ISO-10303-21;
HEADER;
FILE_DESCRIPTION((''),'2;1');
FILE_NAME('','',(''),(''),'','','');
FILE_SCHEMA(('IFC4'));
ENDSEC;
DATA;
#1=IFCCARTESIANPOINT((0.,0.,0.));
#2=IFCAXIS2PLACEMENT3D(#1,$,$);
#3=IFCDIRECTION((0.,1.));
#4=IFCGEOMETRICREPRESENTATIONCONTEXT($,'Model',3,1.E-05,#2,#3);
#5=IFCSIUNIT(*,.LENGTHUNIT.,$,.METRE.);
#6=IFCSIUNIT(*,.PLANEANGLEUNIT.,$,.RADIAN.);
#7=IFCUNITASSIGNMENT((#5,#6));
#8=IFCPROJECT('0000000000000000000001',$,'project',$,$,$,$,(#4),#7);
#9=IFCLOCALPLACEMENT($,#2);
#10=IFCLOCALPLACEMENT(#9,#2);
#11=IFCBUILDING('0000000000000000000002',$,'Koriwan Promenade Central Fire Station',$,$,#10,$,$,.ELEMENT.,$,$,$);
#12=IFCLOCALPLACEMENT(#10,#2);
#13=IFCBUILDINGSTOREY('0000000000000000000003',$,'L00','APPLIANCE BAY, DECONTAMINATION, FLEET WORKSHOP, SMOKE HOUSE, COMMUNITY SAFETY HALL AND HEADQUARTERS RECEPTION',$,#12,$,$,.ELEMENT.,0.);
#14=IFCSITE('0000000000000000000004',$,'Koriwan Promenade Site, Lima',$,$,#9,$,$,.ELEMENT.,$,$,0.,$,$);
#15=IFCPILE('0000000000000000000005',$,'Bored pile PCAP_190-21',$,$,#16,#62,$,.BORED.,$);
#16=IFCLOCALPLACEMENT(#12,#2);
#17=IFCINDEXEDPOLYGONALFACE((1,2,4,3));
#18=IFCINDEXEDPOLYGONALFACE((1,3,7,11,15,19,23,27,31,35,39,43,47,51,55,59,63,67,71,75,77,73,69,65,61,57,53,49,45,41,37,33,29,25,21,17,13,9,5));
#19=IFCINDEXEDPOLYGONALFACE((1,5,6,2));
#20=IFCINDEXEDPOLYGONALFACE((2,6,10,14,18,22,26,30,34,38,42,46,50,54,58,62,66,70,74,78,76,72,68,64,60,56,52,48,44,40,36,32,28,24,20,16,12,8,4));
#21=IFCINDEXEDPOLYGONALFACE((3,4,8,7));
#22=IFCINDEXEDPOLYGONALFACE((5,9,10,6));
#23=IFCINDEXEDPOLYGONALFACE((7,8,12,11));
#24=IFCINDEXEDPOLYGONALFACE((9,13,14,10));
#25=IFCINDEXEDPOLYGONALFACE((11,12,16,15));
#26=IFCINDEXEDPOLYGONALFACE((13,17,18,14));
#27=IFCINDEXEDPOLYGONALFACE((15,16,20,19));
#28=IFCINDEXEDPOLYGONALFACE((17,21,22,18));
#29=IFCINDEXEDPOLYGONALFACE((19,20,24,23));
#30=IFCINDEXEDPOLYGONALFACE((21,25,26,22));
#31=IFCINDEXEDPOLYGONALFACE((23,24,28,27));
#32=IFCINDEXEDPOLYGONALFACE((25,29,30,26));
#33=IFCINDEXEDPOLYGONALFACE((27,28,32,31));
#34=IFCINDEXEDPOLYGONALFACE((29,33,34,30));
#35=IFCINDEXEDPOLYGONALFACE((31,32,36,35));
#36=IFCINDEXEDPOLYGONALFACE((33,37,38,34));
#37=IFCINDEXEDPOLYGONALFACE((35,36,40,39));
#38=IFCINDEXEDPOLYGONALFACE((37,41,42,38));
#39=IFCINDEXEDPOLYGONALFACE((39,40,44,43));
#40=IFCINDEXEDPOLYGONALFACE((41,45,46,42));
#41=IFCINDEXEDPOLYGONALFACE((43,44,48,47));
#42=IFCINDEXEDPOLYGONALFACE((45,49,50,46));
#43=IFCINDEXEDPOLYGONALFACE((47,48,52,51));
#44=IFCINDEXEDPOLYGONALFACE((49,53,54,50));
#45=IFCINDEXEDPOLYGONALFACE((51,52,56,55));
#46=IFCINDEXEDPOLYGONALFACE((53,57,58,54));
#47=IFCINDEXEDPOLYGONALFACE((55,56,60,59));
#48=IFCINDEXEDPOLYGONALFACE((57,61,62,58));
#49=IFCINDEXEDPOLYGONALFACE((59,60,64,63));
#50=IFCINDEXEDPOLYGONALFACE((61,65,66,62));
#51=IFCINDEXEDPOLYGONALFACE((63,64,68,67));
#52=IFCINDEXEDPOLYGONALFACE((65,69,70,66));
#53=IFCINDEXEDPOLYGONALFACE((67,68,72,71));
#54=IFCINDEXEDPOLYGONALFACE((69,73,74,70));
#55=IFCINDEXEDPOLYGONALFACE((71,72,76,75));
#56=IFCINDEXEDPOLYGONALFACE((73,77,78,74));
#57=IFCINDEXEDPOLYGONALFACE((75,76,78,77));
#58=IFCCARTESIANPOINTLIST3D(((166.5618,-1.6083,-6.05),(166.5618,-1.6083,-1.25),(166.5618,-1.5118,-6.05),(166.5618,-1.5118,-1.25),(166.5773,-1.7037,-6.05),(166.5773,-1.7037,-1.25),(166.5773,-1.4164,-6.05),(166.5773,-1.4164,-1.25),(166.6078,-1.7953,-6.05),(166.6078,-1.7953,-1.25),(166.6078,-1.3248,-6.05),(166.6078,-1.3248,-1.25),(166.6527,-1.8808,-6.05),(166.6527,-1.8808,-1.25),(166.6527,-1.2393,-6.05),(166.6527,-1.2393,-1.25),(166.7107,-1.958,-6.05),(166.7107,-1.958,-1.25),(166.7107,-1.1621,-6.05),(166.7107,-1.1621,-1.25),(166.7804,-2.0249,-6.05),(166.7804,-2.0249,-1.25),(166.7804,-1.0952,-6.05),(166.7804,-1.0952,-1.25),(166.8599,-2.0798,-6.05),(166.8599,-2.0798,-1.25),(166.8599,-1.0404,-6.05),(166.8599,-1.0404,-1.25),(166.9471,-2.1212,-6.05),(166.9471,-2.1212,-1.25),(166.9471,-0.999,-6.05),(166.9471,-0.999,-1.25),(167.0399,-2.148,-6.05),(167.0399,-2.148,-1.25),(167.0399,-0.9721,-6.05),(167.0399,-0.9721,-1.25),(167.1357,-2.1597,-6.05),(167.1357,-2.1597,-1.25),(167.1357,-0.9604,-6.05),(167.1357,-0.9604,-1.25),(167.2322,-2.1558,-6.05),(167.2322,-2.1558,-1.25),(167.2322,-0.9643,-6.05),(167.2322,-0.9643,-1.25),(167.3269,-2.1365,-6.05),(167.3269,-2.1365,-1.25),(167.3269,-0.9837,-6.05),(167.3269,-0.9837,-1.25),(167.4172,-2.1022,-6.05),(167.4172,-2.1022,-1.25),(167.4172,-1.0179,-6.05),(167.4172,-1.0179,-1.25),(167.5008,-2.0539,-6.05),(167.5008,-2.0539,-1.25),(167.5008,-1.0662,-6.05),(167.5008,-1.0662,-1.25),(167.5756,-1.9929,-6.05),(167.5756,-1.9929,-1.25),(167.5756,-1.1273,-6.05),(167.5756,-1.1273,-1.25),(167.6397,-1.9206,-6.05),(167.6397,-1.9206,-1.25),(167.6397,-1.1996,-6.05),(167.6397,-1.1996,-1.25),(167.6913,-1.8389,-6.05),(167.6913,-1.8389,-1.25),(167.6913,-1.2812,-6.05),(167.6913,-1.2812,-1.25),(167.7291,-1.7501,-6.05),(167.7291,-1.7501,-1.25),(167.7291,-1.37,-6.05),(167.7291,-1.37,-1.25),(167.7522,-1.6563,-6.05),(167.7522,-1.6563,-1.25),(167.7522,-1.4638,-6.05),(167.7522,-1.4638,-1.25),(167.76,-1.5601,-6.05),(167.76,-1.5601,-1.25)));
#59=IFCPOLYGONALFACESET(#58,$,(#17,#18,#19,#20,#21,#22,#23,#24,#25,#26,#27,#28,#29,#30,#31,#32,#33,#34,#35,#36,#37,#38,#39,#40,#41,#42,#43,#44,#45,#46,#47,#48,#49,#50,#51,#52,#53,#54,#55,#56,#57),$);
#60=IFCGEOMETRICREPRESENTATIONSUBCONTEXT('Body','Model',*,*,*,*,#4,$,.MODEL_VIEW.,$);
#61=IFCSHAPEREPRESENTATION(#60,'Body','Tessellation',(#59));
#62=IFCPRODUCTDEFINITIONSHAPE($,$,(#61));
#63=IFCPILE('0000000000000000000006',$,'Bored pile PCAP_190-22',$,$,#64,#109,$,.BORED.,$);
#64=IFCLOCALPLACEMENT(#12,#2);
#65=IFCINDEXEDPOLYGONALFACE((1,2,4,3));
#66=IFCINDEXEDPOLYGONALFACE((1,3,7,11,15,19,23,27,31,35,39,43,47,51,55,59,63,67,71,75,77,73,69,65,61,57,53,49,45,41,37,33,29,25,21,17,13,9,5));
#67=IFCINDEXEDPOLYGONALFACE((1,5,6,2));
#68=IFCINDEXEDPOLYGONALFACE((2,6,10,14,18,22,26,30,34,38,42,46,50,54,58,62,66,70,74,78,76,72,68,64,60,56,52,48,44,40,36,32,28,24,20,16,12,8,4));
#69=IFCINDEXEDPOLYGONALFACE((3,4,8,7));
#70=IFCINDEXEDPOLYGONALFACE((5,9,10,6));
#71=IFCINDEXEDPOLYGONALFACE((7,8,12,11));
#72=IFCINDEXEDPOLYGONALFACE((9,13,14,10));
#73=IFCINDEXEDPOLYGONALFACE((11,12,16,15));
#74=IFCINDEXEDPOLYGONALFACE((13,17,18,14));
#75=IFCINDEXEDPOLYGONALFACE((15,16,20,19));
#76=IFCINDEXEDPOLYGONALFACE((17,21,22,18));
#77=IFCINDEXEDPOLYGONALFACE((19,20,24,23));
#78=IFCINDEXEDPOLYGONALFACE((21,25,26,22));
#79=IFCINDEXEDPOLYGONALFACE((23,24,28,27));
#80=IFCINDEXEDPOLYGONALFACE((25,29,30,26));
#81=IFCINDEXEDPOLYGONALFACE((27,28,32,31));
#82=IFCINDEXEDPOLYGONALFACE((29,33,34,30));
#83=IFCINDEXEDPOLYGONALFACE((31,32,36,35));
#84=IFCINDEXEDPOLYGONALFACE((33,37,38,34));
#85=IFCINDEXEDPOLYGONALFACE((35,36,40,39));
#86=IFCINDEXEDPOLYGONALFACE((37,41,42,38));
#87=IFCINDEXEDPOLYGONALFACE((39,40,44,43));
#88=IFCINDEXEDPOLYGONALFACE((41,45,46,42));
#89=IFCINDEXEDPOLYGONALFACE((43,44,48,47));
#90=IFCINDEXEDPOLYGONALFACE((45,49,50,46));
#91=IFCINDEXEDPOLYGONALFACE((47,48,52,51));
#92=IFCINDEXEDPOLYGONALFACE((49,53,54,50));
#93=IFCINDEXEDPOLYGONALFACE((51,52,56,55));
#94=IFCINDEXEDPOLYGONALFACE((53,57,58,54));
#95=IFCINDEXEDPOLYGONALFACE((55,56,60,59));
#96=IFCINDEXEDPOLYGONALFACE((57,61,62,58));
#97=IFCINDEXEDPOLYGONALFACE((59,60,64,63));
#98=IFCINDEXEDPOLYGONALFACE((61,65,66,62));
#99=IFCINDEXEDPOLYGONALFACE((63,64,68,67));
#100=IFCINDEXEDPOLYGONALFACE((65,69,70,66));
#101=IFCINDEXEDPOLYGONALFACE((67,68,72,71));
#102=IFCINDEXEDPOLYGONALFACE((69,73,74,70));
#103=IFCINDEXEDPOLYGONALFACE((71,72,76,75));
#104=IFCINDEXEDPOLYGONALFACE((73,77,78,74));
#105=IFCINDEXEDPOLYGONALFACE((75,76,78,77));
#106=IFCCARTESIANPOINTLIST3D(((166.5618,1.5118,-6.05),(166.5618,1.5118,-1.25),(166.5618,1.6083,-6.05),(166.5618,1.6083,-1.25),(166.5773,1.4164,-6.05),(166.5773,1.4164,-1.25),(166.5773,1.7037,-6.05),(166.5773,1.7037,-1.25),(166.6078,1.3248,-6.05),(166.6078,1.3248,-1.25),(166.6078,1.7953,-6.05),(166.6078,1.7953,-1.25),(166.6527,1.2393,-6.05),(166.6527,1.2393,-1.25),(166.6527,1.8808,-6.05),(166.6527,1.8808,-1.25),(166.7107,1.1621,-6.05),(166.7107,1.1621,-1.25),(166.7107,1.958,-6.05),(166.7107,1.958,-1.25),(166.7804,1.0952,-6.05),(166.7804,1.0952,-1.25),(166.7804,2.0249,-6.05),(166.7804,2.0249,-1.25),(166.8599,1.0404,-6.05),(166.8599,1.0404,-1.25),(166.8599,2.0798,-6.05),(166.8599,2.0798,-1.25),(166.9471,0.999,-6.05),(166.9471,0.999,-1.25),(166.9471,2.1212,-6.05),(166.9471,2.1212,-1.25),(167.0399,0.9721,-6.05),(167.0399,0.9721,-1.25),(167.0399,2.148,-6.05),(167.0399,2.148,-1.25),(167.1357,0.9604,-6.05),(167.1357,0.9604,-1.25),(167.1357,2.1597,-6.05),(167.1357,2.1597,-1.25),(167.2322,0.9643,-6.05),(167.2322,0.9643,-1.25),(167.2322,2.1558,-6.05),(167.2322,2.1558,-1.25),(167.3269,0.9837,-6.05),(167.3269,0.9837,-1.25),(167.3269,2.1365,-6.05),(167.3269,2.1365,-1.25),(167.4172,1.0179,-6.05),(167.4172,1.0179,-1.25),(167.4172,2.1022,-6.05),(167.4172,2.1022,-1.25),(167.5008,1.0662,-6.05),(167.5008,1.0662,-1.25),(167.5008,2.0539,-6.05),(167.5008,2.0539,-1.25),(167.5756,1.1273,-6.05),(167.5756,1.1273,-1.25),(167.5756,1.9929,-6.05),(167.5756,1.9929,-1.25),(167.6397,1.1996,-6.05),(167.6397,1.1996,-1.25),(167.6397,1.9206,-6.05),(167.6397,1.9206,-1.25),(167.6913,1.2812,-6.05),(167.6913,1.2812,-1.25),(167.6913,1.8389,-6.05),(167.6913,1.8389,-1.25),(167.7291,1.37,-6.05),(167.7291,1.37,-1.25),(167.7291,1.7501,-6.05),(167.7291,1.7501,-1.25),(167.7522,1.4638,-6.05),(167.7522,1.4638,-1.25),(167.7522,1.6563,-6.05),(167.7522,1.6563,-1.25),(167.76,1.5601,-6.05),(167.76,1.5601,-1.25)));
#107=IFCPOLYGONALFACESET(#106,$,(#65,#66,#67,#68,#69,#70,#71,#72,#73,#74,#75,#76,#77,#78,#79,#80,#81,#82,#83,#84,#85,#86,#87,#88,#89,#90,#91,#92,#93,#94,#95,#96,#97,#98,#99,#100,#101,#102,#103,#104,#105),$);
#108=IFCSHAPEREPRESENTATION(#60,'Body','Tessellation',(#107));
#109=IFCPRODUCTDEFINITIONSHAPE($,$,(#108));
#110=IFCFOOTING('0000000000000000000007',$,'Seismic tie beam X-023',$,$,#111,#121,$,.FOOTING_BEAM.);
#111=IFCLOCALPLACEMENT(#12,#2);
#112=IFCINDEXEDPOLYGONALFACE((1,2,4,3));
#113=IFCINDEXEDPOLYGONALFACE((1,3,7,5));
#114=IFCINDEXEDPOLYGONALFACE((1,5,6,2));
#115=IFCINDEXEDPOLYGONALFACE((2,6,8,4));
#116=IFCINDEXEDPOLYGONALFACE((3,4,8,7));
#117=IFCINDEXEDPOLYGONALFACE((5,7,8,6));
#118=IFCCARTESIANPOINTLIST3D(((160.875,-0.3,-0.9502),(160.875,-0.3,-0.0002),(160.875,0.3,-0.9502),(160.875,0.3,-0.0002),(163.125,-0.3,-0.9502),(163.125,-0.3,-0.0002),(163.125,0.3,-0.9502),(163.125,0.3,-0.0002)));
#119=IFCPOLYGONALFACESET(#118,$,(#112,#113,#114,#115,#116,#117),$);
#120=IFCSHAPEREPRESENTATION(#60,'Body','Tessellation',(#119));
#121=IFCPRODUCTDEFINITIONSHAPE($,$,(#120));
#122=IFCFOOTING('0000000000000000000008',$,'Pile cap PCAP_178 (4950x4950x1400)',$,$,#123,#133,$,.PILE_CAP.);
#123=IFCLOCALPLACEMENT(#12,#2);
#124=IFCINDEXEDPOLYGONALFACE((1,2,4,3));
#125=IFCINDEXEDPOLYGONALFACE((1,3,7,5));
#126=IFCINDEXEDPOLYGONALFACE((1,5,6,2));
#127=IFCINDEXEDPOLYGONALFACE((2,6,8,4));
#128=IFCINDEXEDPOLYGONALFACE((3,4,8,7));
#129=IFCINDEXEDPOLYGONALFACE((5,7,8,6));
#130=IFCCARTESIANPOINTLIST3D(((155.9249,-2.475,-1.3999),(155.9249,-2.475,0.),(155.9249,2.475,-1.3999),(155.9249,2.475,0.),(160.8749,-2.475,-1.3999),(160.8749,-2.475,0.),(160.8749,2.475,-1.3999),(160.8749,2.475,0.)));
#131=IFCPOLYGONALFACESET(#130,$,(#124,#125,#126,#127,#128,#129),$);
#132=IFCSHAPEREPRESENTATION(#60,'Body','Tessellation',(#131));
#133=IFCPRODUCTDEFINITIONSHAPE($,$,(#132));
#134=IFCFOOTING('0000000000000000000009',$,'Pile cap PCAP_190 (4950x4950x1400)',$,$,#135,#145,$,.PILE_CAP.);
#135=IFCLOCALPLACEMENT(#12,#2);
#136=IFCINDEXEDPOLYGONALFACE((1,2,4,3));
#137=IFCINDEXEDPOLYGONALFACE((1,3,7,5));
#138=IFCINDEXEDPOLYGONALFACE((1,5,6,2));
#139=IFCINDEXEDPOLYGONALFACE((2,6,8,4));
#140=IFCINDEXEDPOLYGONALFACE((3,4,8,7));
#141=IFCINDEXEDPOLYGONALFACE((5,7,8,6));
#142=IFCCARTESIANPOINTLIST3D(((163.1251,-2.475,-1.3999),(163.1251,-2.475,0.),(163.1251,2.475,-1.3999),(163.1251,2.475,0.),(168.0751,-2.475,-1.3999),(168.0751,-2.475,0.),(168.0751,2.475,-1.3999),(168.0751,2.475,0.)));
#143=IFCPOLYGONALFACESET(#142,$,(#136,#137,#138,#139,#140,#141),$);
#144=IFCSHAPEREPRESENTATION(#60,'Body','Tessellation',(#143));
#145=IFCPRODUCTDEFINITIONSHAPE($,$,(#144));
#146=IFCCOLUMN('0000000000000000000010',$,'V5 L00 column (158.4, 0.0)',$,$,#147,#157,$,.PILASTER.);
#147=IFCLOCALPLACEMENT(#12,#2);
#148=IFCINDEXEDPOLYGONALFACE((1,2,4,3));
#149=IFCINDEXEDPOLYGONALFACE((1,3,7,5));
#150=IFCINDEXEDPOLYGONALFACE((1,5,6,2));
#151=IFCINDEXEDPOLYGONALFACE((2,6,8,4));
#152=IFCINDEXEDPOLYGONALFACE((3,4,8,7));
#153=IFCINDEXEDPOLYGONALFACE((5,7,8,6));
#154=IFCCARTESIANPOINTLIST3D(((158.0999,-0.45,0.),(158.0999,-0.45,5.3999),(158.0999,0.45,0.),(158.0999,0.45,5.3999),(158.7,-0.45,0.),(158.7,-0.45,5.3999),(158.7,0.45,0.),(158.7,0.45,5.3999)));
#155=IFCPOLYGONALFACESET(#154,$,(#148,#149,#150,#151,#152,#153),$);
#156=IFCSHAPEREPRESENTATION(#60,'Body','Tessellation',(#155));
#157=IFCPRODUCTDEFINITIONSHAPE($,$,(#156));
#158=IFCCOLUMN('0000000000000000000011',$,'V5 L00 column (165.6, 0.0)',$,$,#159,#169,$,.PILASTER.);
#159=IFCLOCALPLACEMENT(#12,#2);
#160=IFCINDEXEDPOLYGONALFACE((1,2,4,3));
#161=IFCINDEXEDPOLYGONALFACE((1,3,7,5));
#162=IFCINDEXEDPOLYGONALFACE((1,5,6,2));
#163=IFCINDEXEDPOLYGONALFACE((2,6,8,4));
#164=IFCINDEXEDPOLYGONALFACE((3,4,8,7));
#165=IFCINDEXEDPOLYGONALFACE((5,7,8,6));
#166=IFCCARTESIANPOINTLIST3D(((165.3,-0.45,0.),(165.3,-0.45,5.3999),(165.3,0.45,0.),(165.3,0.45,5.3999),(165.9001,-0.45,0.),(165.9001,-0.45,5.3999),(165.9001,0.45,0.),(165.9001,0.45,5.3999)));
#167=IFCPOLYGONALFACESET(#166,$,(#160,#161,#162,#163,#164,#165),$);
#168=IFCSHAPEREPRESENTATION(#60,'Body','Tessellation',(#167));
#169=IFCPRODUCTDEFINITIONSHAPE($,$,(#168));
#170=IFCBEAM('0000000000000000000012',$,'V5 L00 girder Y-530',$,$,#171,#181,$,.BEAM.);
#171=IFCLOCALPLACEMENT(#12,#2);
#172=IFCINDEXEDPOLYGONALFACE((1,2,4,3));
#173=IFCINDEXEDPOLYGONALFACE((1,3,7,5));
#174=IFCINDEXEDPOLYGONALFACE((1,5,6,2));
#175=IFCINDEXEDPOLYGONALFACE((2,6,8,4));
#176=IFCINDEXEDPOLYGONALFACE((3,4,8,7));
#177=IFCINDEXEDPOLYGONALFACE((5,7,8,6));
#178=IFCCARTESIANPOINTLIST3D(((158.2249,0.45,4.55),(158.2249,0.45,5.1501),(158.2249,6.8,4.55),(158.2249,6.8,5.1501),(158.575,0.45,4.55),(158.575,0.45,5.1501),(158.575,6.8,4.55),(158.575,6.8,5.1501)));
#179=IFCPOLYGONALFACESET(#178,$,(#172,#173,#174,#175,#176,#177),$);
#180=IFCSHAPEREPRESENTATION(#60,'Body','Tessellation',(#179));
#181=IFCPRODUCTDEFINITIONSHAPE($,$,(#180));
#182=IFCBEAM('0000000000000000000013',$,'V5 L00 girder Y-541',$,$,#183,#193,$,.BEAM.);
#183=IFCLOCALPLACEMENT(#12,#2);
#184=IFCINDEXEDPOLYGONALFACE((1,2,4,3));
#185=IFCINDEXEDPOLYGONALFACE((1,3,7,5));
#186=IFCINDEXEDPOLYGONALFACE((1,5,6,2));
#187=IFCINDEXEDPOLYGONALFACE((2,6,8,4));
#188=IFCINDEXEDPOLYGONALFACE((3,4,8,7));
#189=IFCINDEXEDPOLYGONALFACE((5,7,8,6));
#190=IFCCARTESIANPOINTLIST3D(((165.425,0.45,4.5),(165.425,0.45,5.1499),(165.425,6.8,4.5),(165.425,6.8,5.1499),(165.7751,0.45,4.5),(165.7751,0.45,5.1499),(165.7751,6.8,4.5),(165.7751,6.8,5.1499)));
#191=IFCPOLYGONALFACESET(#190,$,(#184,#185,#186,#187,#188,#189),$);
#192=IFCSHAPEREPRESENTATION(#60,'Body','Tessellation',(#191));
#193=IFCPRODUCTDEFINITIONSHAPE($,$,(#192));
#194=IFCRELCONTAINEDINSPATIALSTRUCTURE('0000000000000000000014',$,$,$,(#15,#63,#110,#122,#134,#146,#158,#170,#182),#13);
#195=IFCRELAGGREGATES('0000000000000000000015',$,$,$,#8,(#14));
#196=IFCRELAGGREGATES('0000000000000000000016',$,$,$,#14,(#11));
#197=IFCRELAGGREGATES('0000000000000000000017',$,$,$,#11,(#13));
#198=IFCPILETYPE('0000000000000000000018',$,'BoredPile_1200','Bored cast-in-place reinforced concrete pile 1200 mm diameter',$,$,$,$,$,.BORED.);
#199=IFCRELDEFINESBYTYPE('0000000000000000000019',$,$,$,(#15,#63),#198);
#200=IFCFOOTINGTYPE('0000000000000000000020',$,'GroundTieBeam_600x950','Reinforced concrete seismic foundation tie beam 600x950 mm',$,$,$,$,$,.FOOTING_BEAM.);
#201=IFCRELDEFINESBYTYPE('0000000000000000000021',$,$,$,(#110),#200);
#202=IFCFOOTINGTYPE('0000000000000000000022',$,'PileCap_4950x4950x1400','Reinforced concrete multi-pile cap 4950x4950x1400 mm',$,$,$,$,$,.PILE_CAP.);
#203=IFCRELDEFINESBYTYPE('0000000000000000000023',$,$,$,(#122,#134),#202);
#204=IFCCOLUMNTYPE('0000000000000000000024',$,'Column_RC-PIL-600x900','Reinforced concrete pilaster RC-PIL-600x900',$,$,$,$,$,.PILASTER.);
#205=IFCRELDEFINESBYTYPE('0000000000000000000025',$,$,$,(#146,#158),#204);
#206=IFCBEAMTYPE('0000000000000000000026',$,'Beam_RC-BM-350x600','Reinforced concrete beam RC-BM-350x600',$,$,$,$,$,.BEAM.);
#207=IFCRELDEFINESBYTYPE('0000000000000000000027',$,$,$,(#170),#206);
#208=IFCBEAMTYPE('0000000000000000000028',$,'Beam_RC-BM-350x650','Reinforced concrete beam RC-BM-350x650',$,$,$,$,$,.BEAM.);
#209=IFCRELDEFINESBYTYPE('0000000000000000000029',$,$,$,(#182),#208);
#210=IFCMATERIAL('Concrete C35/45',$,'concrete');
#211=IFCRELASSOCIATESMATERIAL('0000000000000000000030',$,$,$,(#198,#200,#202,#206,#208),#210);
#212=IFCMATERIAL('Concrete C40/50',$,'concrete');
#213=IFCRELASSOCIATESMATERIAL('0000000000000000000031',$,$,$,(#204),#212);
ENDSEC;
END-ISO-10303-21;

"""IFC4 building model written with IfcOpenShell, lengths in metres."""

from ifc_helpers import new_model, si_unit, direction, frame, origin, origin_2d, place, context, subcontext, project, spatial, rectangle, circle, extrude, material, material_profile, profile_set, type_object, element, save


model = new_model("IFC4")

# Units and contexts
model_context = context("Model", 3, precision=1e-05, world=origin(), true_north=direction((0.0, 1.0)))
body_context = subcontext(model_context, "Body", "Model", "MODEL_VIEW")
ifc_project = project(units=[si_unit("LENGTHUNIT", "METRE"), si_unit("PLANEANGLEUNIT", "RADIAN")], contexts=[model_context])

# Site, building, storey
site_placement = place(None, origin())
site = spatial("IfcSite", under=ifc_project, at=site_placement, Name="Koriwan Promenade Site, Lima", CompositionType="ELEMENT", RefElevation=0.0)
building_placement = place(site_placement, origin())
building = spatial("IfcBuilding", under=site, at=building_placement, Name="Koriwan Promenade Central Fire Station", CompositionType="ELEMENT")
storey_placement = place(building_placement, origin())
storey = spatial("IfcBuildingStorey", under=building, at=storey_placement, Name="L00", Description="APPLIANCE BAY, DECONTAMINATION, FLEET WORKSHOP, SMOKE HOUSE, COMMUNITY SAFETY HALL AND HEADQUARTERS RECEPTION", CompositionType="ELEMENT", Elevation=0.0)

# Piles
ifc_material_1 = material(Name="Concrete C35/45", Category="concrete")
ifc_material_profile_1 = material_profile(ifc_material_1, circle(Radius=0.6001, at=origin_2d()), Name="PILE-D1200")
ifc_profile_set_1 = profile_set([ifc_material_profile_1], Name="Concrete C35/45")
pile_type = type_object("IfcPileType", Name="BoredPile_1200", Description="Bored cast-in-place reinforced concrete pile 1200 mm diameter", PredefinedType="BORED", material=ifc_profile_set_1)
for number, where, z_axis, x_axis, name in (
    (1, (167.1599, -1.5601, -1.25), (0.0, 0.0, -1.0), (1.0, 0.0, 0.0), "Bored pile PCAP_190-21"),
    (2, (167.1599, 1.5601, -1.25), (0.0, 0.0, -1.0), (1.0, 0.0, 0.0), "Bored pile PCAP_190-22"),
):
    element("IfcPile", number, at=place(storey_placement, frame(where, z_axis=z_axis, x_axis=x_axis)), inside=storey, type_object=pile_type, Name=name, PredefinedType="BORED", context=body_context, shape_type="SweptSolid", body=[
        extrude(circle(Radius=0.6001, at=origin_2d()), origin(), (0.0, 0.0, 1.0), 4.8),
    ])

# Footings
footing_type_1 = type_object("IfcFootingType", Name="GroundTieBeam_600x950", Description="Reinforced concrete seismic foundation tie beam 600x950 mm", PredefinedType="FOOTING_BEAM", material=ifc_material_1)
footing_placement = place(storey_placement, frame((162.0, 0.0, -0.9502), z_axis=(0.0, 0.0, 1.0), x_axis=(1.0, 0.0, 0.0)))
element("IfcFooting", 3, at=footing_placement, inside=storey, type_object=footing_type_1, Name="Seismic tie beam X-023", PredefinedType="FOOTING_BEAM", context=body_context, shape_type="SweptSolid", body=[
    extrude(rectangle(XDim=2.25, YDim=0.6001, at=origin_2d()), origin(), (0.0, 0.0, 1.0), 0.95),
])
footing_type_2 = type_object("IfcFootingType", Name="PileCap_4950x4950x1400", Description="Reinforced concrete multi-pile cap 4950x4950x1400 mm", PredefinedType="PILE_CAP", material=ifc_material_1)
for number, where, z_axis, x_axis, name in (
    (4, (158.3999, 0.0, -1.3999), (0.0, 0.0, 1.0), (1.0, 0.0, 0.0), "Pile cap PCAP_178 (4950x4950x1400)"),
    (5, (165.6001, 0.0, -1.3999), (0.0, 0.0, 1.0), (1.0, 0.0, 0.0), "Pile cap PCAP_190 (4950x4950x1400)"),
):
    element("IfcFooting", number, at=place(storey_placement, frame(where, z_axis=z_axis, x_axis=x_axis)), inside=storey, type_object=footing_type_2, Name=name, PredefinedType="PILE_CAP", context=body_context, shape_type="SweptSolid", body=[
        extrude(rectangle(XDim=4.95, YDim=4.95, at=origin_2d()), origin(), (0.0, 0.0, 1.0), 1.3999),
    ])

# Columns
ifc_material_2 = material(Name="Concrete C40/50", Category="concrete")
ifc_material_profile_2 = material_profile(ifc_material_2, rectangle(XDim=0.6001, YDim=0.8999, at=origin_2d()), Name="RC-PIL-600x900")
ifc_profile_set_2 = profile_set([ifc_material_profile_2], Name="Concrete C40/50")
column_type = type_object("IfcColumnType", Name="Column_RC-PIL-600x900", Description="Reinforced concrete pilaster RC-PIL-600x900", PredefinedType="PILASTER", material=ifc_profile_set_2)
for number, where, z_axis, x_axis, name in (
    (6, (158.3999, 0.0, 0.0), (0.0, 0.0, 1.0), (1.0, 0.0, 0.0), "V5 L00 column (158.4, 0.0)"),
    (7, (165.6001, 0.0, 0.0), (0.0, 0.0, 1.0), (1.0, 0.0, 0.0), "V5 L00 column (165.6, 0.0)"),
):
    element("IfcColumn", number, at=place(storey_placement, frame(where, z_axis=z_axis, x_axis=x_axis)), inside=storey, type_object=column_type, Name=name, PredefinedType="PILASTER", context=body_context, shape_type="SweptSolid", body=[
        extrude(rectangle(XDim=0.6001, YDim=0.8999, at=origin_2d()), origin(), (0.0, 0.0, 1.0), 5.3999),
    ])

# Beams
ifc_material_profile_3 = material_profile(ifc_material_1, rectangle(XDim=0.3501, YDim=0.6001, at=origin_2d()), Name="RC-BM-350x600")
ifc_profile_set_3 = profile_set([ifc_material_profile_3], Name="Concrete C35/45")
beam_type_1 = type_object("IfcBeamType", Name="Beam_RC-BM-350x600", Description="Reinforced concrete beam RC-BM-350x600", PredefinedType="BEAM", material=ifc_profile_set_3)
beam_1_placement = place(storey_placement, frame((158.3999, 0.45, 4.8501), z_axis=(0.0, 1.0, 0.0), x_axis=(-1.0, 0.0, 0.0)))
element("IfcBeam", 8, at=beam_1_placement, inside=storey, type_object=beam_type_1, Name="V5 L00 girder Y-530", PredefinedType="BEAM", context=body_context, shape_type="SweptSolid", body=[
    extrude(rectangle(XDim=0.3501, YDim=0.6001, at=origin_2d()), origin(), (0.0, 0.0, 1.0), 6.3501),
])
ifc_material_profile_4 = material_profile(ifc_material_1, rectangle(XDim=0.3501, YDim=0.6499, at=origin_2d()), Name="RC-BM-350x650")
ifc_profile_set_4 = profile_set([ifc_material_profile_4], Name="Concrete C35/45")
beam_type_2 = type_object("IfcBeamType", Name="Beam_RC-BM-350x650", Description="Reinforced concrete beam RC-BM-350x650", PredefinedType="BEAM", material=ifc_profile_set_4)
beam_2_placement = place(storey_placement, frame((165.6001, 0.45, 4.825), z_axis=(0.0, 1.0, 0.0), x_axis=(-1.0, 0.0, 0.0)))
element("IfcBeam", 9, at=beam_2_placement, inside=storey, type_object=beam_type_2, Name="V5 L00 girder Y-541", PredefinedType="BEAM", context=body_context, shape_type="SweptSolid", body=[
    extrude(rectangle(XDim=0.3501, YDim=0.6499, at=origin_2d()), origin(), (0.0, 0.0, 1.0), 6.3501),
])

save(model, "model.ifc")
